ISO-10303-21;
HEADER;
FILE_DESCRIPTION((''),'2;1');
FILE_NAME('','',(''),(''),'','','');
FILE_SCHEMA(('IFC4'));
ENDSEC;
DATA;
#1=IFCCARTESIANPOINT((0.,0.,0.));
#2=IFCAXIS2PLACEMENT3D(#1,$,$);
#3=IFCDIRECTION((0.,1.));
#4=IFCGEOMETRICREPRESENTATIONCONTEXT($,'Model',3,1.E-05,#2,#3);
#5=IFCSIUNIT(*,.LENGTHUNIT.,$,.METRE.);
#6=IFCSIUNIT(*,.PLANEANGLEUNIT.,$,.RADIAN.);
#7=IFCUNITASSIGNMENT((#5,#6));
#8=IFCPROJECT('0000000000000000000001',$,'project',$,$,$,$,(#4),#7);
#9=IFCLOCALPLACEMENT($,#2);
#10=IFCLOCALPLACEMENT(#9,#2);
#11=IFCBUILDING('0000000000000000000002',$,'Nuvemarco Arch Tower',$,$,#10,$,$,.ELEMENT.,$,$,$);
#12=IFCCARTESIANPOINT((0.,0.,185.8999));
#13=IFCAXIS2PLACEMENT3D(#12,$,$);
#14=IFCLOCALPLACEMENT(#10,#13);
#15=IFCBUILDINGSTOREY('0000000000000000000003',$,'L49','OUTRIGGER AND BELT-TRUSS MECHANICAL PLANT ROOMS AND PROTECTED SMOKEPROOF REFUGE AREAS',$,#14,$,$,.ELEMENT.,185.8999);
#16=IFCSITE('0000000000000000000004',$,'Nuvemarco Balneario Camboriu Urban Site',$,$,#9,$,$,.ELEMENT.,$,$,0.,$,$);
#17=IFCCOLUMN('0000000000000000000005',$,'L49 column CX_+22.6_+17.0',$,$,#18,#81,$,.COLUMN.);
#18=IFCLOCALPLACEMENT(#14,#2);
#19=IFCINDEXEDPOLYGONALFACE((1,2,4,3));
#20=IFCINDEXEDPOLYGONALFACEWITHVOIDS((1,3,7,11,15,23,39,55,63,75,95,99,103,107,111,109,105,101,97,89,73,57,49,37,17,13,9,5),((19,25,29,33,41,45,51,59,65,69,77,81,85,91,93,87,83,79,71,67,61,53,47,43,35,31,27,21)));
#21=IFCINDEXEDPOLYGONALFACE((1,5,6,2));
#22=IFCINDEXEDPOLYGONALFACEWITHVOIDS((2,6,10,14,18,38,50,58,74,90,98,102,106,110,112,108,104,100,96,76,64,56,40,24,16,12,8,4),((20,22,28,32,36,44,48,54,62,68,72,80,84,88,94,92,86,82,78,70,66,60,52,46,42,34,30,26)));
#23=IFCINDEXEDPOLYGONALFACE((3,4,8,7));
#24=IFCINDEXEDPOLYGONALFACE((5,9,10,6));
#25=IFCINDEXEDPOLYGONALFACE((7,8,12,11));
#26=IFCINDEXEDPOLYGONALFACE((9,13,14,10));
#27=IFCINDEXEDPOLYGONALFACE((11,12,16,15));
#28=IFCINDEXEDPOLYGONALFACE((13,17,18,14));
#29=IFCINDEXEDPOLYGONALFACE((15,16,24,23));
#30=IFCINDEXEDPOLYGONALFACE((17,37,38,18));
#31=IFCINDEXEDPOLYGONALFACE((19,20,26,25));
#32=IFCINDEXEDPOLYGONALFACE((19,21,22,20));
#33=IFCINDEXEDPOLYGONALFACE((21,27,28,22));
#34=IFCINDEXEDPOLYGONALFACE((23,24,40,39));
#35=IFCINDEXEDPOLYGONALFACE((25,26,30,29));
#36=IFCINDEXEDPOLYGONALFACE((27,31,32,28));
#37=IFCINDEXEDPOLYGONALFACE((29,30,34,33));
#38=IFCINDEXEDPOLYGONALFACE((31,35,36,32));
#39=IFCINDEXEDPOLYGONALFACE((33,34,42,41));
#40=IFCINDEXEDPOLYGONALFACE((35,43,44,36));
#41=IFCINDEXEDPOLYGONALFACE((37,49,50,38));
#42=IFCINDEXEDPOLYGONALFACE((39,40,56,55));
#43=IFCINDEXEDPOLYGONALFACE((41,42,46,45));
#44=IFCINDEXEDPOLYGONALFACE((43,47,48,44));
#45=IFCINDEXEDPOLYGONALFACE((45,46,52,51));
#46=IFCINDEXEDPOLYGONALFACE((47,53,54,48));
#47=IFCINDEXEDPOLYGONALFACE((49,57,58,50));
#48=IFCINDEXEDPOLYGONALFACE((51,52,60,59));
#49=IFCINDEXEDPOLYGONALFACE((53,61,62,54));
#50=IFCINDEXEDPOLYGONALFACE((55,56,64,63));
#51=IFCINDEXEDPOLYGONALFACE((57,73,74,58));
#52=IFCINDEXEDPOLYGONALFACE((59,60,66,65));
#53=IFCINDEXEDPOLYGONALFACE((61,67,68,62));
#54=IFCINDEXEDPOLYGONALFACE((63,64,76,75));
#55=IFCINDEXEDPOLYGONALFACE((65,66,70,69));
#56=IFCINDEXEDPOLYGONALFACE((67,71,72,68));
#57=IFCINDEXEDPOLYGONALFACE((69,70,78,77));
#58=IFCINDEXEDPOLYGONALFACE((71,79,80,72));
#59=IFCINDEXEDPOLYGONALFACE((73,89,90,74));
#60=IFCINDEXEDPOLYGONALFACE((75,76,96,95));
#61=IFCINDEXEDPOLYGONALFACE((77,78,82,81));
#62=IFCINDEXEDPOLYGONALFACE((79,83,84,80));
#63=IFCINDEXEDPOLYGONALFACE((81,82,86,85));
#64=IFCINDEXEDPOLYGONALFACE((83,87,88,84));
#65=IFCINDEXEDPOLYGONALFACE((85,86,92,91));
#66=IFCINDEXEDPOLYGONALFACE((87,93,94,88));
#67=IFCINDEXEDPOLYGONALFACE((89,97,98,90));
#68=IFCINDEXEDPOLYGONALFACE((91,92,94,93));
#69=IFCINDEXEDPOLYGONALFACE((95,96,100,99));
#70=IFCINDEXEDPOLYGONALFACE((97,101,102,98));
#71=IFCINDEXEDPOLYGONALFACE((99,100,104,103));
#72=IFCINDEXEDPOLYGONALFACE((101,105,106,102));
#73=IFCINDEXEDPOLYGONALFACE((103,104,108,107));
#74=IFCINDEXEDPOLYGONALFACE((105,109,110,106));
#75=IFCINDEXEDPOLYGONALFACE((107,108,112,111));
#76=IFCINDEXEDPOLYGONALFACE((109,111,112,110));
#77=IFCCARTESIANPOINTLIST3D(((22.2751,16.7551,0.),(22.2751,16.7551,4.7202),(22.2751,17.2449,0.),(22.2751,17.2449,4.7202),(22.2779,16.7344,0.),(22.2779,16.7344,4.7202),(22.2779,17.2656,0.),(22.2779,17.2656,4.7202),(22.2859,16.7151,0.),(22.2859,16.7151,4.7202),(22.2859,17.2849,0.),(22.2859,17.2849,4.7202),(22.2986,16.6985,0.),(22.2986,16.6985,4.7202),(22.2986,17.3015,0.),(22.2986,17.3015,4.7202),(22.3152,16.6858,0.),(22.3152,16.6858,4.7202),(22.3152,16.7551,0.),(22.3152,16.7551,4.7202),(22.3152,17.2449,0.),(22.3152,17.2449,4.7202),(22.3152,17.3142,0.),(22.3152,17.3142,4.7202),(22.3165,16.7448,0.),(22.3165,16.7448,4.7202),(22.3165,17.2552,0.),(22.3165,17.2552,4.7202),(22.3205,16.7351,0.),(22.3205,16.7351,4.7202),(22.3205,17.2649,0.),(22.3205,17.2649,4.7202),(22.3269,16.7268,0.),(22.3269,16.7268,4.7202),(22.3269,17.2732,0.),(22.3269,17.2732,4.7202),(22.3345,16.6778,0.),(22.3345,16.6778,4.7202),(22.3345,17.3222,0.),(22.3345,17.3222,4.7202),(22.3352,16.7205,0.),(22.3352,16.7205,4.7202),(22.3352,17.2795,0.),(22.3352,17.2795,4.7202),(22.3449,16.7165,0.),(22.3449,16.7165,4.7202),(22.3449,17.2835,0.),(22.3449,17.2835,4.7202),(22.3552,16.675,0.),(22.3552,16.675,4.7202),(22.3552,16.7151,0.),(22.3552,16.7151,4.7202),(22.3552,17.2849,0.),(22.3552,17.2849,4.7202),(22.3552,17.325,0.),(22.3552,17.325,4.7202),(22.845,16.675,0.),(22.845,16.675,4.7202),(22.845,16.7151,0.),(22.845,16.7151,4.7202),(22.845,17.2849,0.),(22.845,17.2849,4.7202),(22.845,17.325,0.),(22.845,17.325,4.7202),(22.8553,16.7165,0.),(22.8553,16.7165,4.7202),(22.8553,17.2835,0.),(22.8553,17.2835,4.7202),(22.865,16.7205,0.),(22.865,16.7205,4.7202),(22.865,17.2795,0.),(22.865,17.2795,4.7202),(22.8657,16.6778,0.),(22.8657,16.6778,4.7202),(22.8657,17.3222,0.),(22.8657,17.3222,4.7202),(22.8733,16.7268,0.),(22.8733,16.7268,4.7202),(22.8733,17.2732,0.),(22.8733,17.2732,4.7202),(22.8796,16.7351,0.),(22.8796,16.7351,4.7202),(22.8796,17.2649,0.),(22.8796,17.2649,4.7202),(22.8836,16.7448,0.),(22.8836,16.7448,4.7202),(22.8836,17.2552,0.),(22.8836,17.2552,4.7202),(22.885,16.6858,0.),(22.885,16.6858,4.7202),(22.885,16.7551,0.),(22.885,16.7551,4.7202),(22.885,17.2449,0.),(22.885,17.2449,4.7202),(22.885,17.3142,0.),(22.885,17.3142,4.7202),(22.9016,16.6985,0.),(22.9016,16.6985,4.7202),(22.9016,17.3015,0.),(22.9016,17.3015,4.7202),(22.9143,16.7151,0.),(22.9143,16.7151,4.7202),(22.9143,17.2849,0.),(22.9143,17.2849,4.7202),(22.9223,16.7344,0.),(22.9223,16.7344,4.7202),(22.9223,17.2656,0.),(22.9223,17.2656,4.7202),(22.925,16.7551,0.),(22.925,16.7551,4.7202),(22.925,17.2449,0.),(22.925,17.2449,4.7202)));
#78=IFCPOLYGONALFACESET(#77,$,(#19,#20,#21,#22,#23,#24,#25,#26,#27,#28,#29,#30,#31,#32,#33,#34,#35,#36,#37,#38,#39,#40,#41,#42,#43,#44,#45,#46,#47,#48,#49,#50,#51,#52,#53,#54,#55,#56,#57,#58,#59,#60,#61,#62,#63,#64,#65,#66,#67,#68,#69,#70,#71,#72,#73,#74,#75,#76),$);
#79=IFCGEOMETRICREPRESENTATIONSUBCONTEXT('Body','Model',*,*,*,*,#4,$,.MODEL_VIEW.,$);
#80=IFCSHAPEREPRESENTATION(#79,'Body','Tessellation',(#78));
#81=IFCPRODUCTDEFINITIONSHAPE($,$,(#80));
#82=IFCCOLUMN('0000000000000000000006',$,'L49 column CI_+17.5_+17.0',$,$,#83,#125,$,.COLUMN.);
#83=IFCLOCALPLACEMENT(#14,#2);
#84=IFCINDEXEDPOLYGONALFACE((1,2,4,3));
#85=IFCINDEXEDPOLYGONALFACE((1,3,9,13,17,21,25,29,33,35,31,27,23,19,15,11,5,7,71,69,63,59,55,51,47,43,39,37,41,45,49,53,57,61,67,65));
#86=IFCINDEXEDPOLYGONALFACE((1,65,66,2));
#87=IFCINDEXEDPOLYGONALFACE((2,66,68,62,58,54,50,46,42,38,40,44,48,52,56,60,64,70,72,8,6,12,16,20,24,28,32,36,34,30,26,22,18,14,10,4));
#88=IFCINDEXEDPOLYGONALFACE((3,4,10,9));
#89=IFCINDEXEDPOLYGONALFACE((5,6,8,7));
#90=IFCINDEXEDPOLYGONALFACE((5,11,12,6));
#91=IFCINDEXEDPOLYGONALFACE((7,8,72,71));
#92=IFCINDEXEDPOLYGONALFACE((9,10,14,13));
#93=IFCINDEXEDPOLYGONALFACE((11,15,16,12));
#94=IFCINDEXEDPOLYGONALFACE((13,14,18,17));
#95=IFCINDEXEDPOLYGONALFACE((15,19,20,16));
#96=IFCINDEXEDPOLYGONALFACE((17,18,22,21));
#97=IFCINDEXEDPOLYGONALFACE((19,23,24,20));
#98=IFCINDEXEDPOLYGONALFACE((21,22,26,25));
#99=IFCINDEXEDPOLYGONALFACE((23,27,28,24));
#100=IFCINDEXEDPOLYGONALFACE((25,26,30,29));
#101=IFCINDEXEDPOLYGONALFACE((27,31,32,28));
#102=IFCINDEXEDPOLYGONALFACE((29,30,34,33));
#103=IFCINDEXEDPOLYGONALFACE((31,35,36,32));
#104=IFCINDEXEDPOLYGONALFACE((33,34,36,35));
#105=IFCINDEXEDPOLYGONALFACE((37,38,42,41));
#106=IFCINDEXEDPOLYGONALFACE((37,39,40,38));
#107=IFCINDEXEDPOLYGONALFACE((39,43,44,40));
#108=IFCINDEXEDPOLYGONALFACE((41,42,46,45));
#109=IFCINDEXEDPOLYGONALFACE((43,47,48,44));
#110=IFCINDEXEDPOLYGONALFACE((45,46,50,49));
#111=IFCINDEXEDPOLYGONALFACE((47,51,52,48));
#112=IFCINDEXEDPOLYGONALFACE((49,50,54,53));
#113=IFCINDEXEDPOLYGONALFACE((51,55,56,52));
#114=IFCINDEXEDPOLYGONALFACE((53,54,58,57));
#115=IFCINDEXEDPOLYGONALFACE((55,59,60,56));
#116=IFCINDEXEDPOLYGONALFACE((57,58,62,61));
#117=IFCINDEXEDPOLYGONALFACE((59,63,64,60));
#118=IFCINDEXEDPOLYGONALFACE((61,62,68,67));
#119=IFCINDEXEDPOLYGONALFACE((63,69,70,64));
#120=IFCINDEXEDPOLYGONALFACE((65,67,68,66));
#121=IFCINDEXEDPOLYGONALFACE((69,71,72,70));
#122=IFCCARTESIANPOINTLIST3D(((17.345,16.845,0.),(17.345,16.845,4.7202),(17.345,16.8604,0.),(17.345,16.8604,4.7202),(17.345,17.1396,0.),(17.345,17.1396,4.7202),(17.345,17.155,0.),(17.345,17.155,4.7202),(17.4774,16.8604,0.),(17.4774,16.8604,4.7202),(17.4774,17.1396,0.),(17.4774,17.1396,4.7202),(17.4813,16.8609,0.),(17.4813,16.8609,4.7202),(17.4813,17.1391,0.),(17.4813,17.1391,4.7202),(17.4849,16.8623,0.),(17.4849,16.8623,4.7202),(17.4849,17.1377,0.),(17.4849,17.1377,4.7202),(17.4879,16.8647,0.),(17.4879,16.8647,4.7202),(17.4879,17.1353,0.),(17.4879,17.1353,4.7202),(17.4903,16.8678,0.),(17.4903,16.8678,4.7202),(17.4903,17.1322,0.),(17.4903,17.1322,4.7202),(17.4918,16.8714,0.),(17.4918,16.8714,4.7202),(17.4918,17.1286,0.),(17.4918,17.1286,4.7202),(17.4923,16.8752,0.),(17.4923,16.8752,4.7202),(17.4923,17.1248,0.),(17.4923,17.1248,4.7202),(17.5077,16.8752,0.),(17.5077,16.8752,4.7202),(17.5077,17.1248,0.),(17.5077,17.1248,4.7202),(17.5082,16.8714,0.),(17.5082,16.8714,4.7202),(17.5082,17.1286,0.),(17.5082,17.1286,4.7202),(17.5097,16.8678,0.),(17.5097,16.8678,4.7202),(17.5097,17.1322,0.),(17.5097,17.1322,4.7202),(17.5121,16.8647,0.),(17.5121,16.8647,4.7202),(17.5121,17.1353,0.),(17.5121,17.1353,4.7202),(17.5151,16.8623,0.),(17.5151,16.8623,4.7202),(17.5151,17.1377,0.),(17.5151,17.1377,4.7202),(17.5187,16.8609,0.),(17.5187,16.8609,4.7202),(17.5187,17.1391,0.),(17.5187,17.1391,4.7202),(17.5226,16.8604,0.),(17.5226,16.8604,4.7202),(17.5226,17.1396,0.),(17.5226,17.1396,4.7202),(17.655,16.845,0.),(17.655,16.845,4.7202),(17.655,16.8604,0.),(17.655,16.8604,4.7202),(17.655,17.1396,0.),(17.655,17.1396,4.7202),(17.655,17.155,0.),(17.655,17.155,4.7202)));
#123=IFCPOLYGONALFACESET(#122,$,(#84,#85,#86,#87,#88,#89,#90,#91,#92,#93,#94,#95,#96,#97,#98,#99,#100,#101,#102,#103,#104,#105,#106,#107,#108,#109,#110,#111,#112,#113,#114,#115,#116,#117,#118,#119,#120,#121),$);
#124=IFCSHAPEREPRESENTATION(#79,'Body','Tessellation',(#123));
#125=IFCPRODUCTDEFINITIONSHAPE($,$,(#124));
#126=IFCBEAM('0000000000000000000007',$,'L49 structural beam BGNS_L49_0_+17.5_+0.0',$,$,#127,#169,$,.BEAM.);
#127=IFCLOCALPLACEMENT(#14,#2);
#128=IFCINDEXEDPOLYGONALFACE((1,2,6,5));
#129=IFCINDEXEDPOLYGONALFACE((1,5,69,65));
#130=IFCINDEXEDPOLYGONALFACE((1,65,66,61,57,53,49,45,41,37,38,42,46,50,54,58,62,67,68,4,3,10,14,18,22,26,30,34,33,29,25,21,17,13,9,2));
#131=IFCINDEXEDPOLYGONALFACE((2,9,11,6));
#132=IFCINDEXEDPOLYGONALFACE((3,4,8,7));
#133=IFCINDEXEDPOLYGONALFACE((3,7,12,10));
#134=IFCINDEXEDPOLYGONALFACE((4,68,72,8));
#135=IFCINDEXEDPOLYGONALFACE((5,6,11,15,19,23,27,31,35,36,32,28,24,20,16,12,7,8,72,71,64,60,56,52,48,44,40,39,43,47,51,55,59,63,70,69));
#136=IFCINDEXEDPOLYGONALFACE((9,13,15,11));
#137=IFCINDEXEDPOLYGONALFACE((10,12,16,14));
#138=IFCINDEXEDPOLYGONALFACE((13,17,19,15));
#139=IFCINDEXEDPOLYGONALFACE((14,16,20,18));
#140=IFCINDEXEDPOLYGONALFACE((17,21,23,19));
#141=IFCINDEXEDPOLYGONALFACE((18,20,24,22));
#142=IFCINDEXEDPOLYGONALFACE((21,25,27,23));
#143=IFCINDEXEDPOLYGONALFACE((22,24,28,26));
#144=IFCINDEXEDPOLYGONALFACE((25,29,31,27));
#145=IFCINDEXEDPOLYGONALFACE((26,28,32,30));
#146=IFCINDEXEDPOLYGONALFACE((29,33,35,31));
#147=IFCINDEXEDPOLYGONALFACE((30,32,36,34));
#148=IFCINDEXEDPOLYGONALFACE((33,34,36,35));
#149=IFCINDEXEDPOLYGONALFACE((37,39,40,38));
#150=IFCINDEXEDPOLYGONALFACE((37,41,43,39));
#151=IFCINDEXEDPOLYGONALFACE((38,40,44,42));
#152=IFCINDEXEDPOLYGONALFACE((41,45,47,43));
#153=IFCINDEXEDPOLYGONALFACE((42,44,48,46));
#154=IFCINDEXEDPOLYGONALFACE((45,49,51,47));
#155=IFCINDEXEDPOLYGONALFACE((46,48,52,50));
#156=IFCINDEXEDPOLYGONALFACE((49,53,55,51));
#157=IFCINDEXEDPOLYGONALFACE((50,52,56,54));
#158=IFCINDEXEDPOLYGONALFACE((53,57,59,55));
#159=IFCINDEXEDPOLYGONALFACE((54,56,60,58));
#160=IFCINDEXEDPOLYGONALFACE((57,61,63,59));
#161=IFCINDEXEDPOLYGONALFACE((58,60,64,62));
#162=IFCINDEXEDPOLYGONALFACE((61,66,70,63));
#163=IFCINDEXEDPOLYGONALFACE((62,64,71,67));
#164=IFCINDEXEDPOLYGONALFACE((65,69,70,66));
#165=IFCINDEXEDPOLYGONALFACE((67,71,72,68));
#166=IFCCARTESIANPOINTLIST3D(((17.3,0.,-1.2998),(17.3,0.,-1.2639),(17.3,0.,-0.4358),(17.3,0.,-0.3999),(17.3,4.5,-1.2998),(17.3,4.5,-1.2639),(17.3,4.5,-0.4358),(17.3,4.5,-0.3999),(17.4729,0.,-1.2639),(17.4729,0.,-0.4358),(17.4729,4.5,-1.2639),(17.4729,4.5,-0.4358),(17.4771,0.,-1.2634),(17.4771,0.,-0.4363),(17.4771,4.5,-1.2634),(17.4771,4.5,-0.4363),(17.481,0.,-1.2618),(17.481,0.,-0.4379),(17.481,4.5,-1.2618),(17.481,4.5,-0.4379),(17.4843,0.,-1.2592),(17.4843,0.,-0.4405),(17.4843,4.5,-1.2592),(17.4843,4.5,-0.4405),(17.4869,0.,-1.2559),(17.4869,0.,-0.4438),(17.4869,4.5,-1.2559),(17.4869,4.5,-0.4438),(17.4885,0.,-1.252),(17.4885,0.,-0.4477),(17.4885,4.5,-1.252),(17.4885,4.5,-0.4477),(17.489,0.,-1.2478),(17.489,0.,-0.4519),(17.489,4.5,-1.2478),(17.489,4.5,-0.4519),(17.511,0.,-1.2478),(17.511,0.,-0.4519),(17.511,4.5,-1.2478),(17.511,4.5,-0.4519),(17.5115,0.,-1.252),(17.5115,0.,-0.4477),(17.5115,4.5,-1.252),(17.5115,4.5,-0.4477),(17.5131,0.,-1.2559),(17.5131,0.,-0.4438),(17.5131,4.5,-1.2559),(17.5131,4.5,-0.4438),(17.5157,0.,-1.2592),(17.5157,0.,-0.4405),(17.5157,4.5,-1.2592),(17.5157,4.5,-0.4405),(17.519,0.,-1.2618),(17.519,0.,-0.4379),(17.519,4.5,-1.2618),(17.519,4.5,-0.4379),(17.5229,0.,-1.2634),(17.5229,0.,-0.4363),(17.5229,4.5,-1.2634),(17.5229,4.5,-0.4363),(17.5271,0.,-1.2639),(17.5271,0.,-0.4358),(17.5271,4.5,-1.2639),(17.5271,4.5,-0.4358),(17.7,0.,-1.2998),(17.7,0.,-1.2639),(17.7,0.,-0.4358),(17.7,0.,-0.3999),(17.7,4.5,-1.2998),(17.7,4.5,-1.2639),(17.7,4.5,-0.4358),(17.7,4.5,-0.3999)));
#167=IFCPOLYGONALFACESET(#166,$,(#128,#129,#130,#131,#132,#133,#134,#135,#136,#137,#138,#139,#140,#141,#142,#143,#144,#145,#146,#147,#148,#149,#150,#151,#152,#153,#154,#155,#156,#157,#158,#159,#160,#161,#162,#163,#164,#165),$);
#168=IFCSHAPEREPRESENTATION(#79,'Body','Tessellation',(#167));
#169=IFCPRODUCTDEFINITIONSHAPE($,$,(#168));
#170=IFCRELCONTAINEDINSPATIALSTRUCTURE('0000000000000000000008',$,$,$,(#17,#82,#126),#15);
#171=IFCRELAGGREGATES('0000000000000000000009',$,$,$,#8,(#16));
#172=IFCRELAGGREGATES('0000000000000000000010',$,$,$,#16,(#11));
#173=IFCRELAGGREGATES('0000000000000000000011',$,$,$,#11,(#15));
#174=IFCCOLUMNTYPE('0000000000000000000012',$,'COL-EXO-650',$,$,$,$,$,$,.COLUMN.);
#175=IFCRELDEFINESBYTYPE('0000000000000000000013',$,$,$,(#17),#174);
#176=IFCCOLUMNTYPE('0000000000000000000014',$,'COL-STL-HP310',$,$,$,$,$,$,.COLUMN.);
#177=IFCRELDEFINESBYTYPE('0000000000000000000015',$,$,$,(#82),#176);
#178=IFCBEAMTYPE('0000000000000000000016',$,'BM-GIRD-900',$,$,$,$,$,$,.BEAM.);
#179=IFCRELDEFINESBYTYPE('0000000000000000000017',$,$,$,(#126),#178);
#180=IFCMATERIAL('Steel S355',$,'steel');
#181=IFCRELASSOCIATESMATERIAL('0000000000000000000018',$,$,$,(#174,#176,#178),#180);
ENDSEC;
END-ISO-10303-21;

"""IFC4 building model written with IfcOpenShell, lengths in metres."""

from ifc_helpers import new_model, si_unit, direction, frame, origin, origin_2d, place, context, subcontext, project, spatial, hollow_rectangle, i_section, extrude, material, material_profile, profile_set, type_object, element, save


model = new_model("IFC4")

# Units and contexts
model_context = context("Model", 3, precision=1e-05, world=origin(), true_north=direction((0.0, 1.0)))
body_context = subcontext(model_context, "Body", "Model", "MODEL_VIEW")
ifc_project = project(units=[si_unit("LENGTHUNIT", "METRE"), si_unit("PLANEANGLEUNIT", "RADIAN")], contexts=[model_context])

# Site, building, storey
site_placement = place(None, origin())
site = spatial("IfcSite", under=ifc_project, at=site_placement, Name="Nuvemarco Balneario Camboriu Urban Site", CompositionType="ELEMENT", RefElevation=0.0)
building_placement = place(site_placement, origin())
building = spatial("IfcBuilding", under=site, at=building_placement, Name="Nuvemarco Arch Tower", CompositionType="ELEMENT")
storey_placement = place(building_placement, frame((0.0, 0.0, 185.8999)))
storey = spatial("IfcBuildingStorey", under=building, at=storey_placement, Name="L49", Description="OUTRIGGER AND BELT-TRUSS MECHANICAL PLANT ROOMS AND PROTECTED SMOKEPROOF REFUGE AREAS", CompositionType="ELEMENT", Elevation=185.8999)

# Columns
ifc_material_1 = material(Name="Steel S355", Category="steel")
ifc_material_profile_1 = material_profile(ifc_material_1, hollow_rectangle(XDim=0.6499, YDim=0.6499, WallThickness=0.04, InnerFilletRadius=0.04, OuterFilletRadius=0.0801, at=origin_2d()), Name="SHS650x650x40")
ifc_profile_set_1 = profile_set([ifc_material_profile_1], Name="Steel S355")
column_type_1 = type_object("IfcColumnType", Name="COL-EXO-650", PredefinedType="COLUMN", material=ifc_profile_set_1)
for number, where, z_axis, x_axis, name in (
    (1, (22.6001, 17.0, 0.0), (0.0, 0.0, 1.0), (1.0, 0.0, 0.0), "L49 column CX_+22.6_+17.0"),
):
    element("IfcColumn", number, at=place(storey_placement, frame(where, z_axis=z_axis, x_axis=x_axis)), inside=storey, type_object=column_type_1, Name=name, PredefinedType="COLUMN", context=body_context, shape_type="SweptSolid", body=[
        extrude(hollow_rectangle(XDim=0.6499, YDim=0.6499, WallThickness=0.04, InnerFilletRadius=0.04, OuterFilletRadius=0.0801, at=origin_2d()), origin(), (0.0, 0.0, 1.0), 4.7202),
    ])
ifc_material_profile_2 = material_profile(ifc_material_1, i_section(OverallWidth=0.3101, OverallDepth=0.3101, WebThickness=0.0154, FlangeThickness=0.0154, FilletRadius=0.0149, at=origin_2d()), Name="HP310x110")
ifc_profile_set_2 = profile_set([ifc_material_profile_2], Name="Steel S355")
column_type_2 = type_object("IfcColumnType", Name="COL-STL-HP310", PredefinedType="COLUMN", material=ifc_profile_set_2)
column_placement = place(storey_placement, frame((17.5, 17.0, 0.0), z_axis=(0.0, 0.0, 1.0), x_axis=(1.0, 0.0, 0.0)))
element("IfcColumn", 2, at=column_placement, inside=storey, type_object=column_type_2, Name="L49 column CI_+17.5_+17.0", PredefinedType="COLUMN", context=body_context, shape_type="SweptSolid", body=[
    extrude(i_section(OverallWidth=0.3101, OverallDepth=0.3101, WebThickness=0.0154, FlangeThickness=0.0154, FilletRadius=0.0149, at=origin_2d()), origin(), (0.0, 0.0, 1.0), 4.7202),
])

# Beam
ifc_material_profile_3 = material_profile(ifc_material_1, i_section(OverallWidth=0.3999, OverallDepth=0.8999, WebThickness=0.022, FlangeThickness=0.0359, FilletRadius=0.0161, at=origin_2d()), Name="PG900x400")
ifc_profile_set_3 = profile_set([ifc_material_profile_3], Name="Steel S355")
beam_type_1 = type_object("IfcBeamType", Name="BM-GIRD-900", PredefinedType="BEAM", material=ifc_profile_set_3)
beam_1_placement = place(storey_placement, frame((17.5, 0.0, -0.8499), z_axis=(0.0, 1.0, 0.0), x_axis=(-1.0, 0.0, 0.0)))
element("IfcBeam", 3, at=beam_1_placement, inside=storey, type_object=beam_type_1, Name="L49 structural beam BGNS_L49_0_+17.5_+0.0", PredefinedType="BEAM", context=body_context, shape_type="SweptSolid", body=[
    extrude(i_section(OverallWidth=0.3999, OverallDepth=0.8999, WebThickness=0.022, FlangeThickness=0.0359, FilletRadius=0.0161, at=origin_2d()), origin(), (0.0, 0.0, 1.0), 4.5),
])

save(model, "model.ifc")
